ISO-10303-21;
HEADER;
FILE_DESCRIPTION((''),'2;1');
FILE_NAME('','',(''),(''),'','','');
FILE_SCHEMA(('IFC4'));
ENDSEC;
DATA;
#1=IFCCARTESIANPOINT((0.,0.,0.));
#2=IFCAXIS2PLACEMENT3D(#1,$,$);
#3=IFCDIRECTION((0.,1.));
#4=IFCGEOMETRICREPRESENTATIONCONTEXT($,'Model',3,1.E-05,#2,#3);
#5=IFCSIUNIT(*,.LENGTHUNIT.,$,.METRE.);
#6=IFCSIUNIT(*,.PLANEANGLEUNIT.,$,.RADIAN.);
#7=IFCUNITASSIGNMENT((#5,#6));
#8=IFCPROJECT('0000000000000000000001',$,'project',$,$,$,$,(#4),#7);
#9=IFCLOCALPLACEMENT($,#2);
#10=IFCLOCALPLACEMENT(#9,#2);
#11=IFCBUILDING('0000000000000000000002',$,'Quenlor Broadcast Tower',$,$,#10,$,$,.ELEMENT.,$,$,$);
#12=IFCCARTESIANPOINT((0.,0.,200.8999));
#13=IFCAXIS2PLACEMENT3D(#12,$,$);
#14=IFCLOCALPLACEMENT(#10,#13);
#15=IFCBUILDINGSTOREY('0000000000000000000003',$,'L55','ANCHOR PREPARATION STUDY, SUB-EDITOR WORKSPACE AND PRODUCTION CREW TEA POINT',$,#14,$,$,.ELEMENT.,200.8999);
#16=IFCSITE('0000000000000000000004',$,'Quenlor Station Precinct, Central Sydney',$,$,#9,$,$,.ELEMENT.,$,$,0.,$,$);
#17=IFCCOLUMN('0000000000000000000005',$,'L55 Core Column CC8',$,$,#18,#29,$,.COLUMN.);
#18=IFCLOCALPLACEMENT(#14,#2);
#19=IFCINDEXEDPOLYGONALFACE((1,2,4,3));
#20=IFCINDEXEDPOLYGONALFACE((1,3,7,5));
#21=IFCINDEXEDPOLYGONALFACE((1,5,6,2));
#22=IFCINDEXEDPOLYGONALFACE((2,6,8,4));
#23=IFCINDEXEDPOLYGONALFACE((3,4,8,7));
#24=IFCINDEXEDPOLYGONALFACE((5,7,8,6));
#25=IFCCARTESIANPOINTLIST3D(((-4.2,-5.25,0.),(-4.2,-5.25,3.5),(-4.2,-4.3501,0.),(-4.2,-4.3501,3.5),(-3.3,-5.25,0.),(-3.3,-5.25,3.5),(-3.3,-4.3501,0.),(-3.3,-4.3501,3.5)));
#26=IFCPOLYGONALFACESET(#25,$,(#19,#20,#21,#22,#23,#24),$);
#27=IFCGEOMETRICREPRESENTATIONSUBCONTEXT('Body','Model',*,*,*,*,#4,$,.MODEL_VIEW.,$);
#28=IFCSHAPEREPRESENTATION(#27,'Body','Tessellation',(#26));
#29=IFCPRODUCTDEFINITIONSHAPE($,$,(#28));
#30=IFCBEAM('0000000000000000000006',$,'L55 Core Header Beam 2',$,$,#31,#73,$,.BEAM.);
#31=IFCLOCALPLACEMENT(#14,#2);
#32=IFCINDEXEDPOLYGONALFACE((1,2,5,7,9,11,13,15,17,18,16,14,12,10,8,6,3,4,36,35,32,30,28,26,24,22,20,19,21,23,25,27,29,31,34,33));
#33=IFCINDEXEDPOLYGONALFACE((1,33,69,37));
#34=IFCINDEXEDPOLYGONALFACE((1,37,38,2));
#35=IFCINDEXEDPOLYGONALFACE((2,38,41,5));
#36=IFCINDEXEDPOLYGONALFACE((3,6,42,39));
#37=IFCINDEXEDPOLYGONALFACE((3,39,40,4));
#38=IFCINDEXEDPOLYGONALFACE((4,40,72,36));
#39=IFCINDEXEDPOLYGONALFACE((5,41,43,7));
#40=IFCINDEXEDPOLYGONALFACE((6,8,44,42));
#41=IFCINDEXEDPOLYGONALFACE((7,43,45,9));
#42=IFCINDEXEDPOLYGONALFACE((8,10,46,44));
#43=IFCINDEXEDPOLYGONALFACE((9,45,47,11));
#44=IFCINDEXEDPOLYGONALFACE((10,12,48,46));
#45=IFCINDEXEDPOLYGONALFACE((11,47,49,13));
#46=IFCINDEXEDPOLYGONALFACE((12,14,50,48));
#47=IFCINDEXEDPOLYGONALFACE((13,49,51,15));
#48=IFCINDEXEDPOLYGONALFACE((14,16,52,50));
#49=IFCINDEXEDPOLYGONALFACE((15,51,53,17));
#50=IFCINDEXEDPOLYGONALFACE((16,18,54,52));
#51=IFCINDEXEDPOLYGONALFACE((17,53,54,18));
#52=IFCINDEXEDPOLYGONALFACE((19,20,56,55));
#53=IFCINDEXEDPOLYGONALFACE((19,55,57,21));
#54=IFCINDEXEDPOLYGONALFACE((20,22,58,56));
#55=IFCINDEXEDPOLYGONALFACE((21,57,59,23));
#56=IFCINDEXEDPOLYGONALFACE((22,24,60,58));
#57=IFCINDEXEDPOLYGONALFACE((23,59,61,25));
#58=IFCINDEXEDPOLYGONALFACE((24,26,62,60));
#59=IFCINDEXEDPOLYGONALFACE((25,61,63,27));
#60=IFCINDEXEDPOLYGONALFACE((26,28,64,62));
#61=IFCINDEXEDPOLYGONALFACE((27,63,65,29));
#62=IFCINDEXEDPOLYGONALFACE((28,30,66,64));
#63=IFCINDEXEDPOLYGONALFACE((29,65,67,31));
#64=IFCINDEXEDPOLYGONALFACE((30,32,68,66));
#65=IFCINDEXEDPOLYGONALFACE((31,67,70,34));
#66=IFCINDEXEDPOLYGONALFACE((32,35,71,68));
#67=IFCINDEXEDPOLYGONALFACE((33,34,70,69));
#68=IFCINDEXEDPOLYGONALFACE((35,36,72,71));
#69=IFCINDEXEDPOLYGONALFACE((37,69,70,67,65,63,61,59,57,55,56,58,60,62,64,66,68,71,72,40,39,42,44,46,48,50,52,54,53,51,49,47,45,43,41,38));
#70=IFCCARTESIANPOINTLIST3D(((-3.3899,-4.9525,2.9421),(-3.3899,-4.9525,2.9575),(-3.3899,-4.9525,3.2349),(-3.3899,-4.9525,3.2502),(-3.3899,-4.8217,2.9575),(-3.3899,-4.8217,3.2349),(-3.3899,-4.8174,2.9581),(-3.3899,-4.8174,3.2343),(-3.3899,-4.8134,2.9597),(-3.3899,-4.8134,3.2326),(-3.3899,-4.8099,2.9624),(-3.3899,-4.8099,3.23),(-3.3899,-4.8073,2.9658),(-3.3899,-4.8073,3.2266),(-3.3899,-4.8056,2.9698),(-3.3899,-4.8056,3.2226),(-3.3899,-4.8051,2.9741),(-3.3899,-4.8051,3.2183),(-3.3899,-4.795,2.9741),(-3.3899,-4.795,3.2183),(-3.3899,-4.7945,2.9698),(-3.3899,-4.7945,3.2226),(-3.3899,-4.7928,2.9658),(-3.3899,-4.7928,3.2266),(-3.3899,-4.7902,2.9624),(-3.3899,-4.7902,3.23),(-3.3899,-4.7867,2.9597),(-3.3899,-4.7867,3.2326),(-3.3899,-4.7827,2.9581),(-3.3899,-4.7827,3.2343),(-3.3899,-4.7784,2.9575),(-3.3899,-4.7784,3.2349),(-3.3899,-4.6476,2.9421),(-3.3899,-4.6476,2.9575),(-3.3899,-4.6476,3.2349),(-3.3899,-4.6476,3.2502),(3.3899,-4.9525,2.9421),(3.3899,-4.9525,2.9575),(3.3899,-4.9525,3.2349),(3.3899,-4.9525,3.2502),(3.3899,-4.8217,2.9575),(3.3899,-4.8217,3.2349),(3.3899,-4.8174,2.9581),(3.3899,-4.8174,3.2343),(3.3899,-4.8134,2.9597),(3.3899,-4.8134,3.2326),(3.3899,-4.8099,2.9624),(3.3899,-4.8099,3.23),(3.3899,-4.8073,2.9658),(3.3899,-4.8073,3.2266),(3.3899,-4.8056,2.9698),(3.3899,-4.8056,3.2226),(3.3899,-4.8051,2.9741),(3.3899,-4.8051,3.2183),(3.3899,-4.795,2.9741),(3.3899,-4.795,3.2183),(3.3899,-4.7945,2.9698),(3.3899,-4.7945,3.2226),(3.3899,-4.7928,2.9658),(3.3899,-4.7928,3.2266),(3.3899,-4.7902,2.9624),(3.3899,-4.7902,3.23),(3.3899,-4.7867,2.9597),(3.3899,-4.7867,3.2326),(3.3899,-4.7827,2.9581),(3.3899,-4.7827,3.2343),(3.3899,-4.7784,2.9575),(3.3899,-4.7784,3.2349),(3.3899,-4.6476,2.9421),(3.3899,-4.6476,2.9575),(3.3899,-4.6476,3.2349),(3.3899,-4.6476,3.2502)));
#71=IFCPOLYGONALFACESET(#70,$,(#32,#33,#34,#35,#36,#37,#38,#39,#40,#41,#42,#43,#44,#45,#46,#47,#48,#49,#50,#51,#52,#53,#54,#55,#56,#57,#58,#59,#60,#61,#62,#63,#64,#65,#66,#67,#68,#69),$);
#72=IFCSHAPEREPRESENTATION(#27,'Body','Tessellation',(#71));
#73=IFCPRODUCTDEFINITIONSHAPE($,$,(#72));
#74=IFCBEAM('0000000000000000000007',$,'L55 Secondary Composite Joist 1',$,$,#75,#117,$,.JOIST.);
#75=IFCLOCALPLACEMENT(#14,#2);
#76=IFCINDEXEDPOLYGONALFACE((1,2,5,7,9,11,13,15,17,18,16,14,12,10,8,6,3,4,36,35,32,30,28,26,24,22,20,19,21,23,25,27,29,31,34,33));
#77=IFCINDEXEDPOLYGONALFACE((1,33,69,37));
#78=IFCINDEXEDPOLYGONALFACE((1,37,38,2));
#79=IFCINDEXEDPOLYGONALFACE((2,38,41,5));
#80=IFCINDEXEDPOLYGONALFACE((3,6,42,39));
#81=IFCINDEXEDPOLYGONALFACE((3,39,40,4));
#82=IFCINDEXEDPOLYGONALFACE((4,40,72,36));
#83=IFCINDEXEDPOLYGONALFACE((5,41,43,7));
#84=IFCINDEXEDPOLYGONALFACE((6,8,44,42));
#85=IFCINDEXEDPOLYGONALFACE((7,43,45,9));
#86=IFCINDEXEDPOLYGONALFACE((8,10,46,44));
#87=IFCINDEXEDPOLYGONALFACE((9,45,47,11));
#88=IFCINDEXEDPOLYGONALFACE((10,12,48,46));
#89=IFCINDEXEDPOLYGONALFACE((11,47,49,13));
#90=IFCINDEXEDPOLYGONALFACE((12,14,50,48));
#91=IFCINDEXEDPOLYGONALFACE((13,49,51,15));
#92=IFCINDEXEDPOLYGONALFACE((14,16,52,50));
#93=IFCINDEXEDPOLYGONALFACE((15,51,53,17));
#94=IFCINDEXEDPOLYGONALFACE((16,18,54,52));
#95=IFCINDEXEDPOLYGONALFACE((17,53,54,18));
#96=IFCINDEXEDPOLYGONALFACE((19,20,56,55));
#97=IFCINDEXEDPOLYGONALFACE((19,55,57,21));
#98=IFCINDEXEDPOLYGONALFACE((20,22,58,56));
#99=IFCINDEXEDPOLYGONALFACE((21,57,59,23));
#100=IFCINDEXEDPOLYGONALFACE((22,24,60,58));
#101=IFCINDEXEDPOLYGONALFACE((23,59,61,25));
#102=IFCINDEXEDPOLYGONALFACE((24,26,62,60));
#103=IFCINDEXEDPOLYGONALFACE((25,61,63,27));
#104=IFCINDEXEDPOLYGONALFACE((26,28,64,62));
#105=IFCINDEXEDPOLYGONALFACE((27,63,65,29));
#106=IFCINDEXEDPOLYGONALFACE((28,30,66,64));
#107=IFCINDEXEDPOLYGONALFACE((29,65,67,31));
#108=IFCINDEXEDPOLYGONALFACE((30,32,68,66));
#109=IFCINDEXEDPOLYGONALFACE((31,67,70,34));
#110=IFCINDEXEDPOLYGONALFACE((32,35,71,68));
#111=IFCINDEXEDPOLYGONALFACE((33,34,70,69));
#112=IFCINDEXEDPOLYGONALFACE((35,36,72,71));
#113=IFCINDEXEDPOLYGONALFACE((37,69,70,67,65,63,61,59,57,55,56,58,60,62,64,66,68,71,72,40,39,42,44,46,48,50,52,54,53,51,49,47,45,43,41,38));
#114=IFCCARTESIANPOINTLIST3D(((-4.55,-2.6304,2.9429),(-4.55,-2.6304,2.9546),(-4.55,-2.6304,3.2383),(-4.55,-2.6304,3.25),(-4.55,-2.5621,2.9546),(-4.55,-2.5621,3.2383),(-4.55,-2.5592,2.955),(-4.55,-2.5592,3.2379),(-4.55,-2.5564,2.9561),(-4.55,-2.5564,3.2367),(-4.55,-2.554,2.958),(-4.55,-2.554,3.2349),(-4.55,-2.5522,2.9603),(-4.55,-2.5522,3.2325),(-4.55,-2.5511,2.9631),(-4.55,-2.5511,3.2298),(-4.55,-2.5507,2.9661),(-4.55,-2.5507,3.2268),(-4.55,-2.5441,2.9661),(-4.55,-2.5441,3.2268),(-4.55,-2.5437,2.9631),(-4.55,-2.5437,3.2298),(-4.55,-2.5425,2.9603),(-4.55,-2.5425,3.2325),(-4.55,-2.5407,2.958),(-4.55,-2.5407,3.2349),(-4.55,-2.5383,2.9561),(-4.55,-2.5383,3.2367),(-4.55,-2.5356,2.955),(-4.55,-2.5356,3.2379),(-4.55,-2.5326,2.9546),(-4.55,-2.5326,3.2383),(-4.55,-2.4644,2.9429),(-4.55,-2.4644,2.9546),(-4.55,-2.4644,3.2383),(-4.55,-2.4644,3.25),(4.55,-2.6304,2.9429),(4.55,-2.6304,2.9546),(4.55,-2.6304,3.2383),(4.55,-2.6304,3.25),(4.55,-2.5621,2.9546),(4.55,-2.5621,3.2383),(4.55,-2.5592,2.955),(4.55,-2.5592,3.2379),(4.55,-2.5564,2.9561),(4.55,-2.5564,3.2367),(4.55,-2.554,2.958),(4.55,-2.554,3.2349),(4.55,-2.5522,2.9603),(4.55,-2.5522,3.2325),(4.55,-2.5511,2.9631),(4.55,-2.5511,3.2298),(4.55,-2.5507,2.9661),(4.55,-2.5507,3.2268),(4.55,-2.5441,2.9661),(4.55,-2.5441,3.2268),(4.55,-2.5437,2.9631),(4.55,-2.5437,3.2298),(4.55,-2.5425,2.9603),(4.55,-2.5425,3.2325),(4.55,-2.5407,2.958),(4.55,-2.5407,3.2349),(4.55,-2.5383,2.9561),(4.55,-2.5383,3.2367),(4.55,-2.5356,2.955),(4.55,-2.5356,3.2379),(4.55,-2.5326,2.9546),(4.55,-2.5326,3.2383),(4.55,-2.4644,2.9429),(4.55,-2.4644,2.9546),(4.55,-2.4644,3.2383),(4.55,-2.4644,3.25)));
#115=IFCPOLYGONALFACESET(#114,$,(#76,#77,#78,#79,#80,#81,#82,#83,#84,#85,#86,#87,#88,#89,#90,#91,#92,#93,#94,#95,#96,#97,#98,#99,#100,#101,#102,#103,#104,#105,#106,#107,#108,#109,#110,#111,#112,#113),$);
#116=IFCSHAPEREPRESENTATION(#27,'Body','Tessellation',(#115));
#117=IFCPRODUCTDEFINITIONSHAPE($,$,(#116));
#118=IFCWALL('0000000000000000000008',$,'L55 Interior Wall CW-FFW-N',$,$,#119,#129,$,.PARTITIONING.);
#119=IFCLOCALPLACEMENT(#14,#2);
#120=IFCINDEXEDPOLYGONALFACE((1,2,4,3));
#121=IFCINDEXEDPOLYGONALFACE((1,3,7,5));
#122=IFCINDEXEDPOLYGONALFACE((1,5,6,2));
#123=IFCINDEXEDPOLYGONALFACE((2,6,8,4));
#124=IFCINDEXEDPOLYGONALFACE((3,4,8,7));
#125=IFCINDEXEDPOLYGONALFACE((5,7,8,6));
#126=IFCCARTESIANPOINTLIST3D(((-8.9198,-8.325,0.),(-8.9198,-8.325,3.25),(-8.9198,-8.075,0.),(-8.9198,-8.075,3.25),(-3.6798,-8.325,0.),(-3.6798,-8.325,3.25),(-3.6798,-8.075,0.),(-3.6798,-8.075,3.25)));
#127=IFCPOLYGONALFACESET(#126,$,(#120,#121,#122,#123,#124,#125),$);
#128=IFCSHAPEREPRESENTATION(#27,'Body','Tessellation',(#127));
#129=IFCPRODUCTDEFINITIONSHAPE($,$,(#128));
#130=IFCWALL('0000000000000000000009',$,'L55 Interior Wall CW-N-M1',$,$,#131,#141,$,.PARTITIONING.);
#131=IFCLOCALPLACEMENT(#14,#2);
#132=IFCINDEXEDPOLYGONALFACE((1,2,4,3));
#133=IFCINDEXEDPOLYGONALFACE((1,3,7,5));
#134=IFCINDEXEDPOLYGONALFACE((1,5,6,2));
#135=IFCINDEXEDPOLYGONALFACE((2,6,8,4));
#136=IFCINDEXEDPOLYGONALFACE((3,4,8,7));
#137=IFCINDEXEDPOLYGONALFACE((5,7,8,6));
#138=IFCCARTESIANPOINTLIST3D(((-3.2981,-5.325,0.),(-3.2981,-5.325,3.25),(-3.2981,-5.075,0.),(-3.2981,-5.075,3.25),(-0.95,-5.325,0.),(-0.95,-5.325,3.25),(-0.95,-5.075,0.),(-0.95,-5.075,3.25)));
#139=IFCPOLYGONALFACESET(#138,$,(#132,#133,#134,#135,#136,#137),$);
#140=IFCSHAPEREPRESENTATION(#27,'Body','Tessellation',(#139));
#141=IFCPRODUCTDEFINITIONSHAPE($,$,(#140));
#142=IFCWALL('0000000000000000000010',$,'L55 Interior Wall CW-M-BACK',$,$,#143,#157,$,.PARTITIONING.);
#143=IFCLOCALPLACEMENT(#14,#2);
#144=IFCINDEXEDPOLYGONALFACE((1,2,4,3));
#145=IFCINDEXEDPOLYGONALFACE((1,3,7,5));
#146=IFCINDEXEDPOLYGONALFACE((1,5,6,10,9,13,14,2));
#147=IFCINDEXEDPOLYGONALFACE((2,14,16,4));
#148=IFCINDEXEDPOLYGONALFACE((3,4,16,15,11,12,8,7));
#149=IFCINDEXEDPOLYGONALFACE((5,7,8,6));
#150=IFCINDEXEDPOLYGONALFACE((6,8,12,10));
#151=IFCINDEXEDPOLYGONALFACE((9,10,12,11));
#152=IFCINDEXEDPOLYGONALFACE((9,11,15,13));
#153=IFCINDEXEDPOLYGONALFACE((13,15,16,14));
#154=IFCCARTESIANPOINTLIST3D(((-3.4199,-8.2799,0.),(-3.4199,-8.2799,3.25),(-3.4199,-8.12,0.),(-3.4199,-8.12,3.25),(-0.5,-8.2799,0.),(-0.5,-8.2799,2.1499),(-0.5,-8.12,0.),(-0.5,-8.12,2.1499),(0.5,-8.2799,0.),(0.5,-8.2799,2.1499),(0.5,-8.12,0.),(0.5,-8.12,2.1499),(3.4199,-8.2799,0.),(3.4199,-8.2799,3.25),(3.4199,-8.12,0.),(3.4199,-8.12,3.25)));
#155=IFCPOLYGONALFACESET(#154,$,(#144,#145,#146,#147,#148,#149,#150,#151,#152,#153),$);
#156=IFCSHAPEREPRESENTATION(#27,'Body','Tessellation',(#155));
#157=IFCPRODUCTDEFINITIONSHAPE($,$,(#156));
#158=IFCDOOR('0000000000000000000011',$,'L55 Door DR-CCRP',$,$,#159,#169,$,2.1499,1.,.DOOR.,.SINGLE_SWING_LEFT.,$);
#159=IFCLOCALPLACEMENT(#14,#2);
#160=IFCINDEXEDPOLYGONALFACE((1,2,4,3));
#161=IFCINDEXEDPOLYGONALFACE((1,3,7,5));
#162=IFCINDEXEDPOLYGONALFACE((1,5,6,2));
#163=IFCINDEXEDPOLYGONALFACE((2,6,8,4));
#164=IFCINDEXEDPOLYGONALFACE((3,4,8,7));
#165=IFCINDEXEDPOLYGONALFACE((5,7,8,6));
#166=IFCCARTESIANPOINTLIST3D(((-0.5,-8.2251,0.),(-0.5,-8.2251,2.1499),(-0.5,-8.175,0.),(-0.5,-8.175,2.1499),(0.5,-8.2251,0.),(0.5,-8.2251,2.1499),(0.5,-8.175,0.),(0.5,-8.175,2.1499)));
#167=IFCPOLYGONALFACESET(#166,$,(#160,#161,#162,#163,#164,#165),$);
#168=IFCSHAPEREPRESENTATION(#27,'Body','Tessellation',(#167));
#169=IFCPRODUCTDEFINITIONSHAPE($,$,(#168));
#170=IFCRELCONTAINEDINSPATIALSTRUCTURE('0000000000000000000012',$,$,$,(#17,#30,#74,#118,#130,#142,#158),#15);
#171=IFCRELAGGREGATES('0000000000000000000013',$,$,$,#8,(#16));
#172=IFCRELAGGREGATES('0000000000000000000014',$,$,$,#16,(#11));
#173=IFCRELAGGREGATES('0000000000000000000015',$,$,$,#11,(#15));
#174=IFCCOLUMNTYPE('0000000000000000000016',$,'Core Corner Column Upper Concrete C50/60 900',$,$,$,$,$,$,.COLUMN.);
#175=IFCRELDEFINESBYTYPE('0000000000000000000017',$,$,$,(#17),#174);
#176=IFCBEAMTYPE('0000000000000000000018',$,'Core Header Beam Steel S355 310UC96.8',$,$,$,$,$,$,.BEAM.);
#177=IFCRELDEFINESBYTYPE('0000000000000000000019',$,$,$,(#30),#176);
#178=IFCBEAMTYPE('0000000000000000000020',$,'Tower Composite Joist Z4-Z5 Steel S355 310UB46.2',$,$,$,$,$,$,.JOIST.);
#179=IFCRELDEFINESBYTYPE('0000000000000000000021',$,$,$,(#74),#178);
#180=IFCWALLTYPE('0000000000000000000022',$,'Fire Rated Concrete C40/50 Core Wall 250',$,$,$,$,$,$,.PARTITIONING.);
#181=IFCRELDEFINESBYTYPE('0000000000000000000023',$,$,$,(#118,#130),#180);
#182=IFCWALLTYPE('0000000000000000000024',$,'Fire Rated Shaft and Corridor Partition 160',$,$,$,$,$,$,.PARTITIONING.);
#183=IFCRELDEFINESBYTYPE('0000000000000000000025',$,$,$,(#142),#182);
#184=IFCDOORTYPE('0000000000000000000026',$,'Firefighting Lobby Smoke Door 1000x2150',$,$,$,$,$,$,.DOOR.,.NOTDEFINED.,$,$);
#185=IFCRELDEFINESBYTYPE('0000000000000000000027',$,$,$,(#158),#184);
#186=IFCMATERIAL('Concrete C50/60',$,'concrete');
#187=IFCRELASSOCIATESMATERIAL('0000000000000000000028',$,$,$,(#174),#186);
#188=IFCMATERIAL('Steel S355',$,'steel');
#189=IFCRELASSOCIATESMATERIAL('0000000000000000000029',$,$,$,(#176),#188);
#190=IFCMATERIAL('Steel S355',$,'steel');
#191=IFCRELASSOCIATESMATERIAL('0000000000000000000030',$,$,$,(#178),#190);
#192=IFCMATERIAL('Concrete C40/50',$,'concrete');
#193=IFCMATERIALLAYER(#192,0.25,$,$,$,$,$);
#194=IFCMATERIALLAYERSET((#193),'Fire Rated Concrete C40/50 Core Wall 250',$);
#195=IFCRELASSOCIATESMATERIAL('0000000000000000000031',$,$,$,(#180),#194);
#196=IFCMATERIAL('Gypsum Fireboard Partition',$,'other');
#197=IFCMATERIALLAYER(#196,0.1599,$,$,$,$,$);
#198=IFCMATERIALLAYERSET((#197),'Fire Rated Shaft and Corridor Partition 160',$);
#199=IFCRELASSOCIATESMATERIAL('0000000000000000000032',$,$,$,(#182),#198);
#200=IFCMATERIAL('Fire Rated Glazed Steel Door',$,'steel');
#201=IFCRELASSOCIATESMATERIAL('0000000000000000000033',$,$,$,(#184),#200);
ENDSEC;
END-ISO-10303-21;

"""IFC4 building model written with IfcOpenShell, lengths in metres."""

from ifc_helpers import new_model, si_unit, direction, frame, frame_2d, origin, origin_2d, place, context, subcontext, project, spatial, rectangle, i_section, extrude, material, layer, layer_set, material_profile, profile_set, type_object, element, fill, save


model = new_model("IFC4")

# Units and contexts
model_context = context("Model", 3, precision=1e-05, world=origin(), true_north=direction((0.0, 1.0)))
body_context = subcontext(model_context, "Body", "Model", "MODEL_VIEW")
ifc_project = project(units=[si_unit("LENGTHUNIT", "METRE"), si_unit("PLANEANGLEUNIT", "RADIAN")], contexts=[model_context])

# Site, building, storey
site_placement = place(None, origin())
site = spatial("IfcSite", under=ifc_project, at=site_placement, Name="Quenlor Station Precinct, Central Sydney", CompositionType="ELEMENT", RefElevation=0.0)
building_placement = place(site_placement, origin())
building = spatial("IfcBuilding", under=site, at=building_placement, Name="Quenlor Broadcast Tower", CompositionType="ELEMENT")
storey_placement = place(building_placement, frame((0.0, 0.0, 200.8999)))
storey = spatial("IfcBuildingStorey", under=building, at=storey_placement, Name="L55", Description="ANCHOR PREPARATION STUDY, SUB-EDITOR WORKSPACE AND PRODUCTION CREW TEA POINT", CompositionType="ELEMENT", Elevation=200.8999)

# Column
ifc_material_1 = material(Name="Concrete C50/60", Category="concrete")
ifc_material_profile_1 = material_profile(ifc_material_1, rectangle(XDim=0.8999, YDim=0.8999, at=origin_2d()))
ifc_profile_set_1 = profile_set([ifc_material_profile_1], Name="Concrete C50/60 RC900x900")
column_type = type_object("IfcColumnType", Name="Core Corner Column Upper Concrete C50/60 900", PredefinedType="COLUMN", material=ifc_profile_set_1)
column_placement = place(storey_placement, frame((-3.75, -4.8, 0.0), z_axis=(0.0, 0.0, 1.0), x_axis=(1.0, 0.0, 0.0)))
element("IfcColumn", 1, at=column_placement, inside=storey, type_object=column_type, Name="L55 Core Column CC8", PredefinedType="COLUMN", context=body_context, shape_type="SweptSolid", body=[
    extrude(rectangle(XDim=0.8999, YDim=0.8999, at=origin_2d()), origin(), (0.0, 0.0, 1.0), 3.5),
])

# Beams
ifc_material_2 = material(Name="Steel S355", Category="steel")
ifc_material_profile_2 = material_profile(ifc_material_2, i_section(OverallWidth=0.3049, OverallDepth=0.3081, WebThickness=0.01, FlangeThickness=0.0154, FilletRadius=0.0166, at=origin_2d()))
ifc_profile_set_2 = profile_set([ifc_material_profile_2], Name="Steel S355 310UC96.8")
beam_type_1 = type_object("IfcBeamType", Name="Core Header Beam Steel S355 310UC96.8", PredefinedType="BEAM", material=ifc_profile_set_2)
beam_1_placement = place(storey_placement, frame((-3.3899, -4.8, 3.0962), z_axis=(1.0, 0.0, 0.0), x_axis=(0.0, 1.0, 0.0)))
element("IfcBeam", 2, at=beam_1_placement, inside=storey, type_object=beam_type_1, Name="L55 Core Header Beam 2", PredefinedType="BEAM", context=body_context, shape_type="SweptSolid", body=[
    extrude(i_section(OverallWidth=0.3049, OverallDepth=0.3081, WebThickness=0.01, FlangeThickness=0.0154, FilletRadius=0.0166, at=origin_2d()), origin(), (0.0, 0.0, 1.0), 6.7798),
])
ifc_material_3 = material(Name="Steel S355", Category="steel")
ifc_material_profile_3 = material_profile(ifc_material_3, i_section(OverallWidth=0.166, OverallDepth=0.3071, WebThickness=0.0066, FlangeThickness=0.0117, FilletRadius=0.0115, at=origin_2d()))
ifc_profile_set_3 = profile_set([ifc_material_profile_3], Name="Steel S355 310UB46.2")
beam_type_2 = type_object("IfcBeamType", Name="Tower Composite Joist Z4-Z5 Steel S355 310UB46.2", PredefinedType="JOIST", material=ifc_profile_set_3)
beam_2_placement = place(storey_placement, frame((-4.55, -2.5474, 3.0964), z_axis=(1.0, 0.0, 0.0), x_axis=(0.0, 1.0, 0.0)))
element("IfcBeam", 3, at=beam_2_placement, inside=storey, type_object=beam_type_2, Name="L55 Secondary Composite Joist 1", PredefinedType="JOIST", context=body_context, shape_type="SweptSolid", body=[
    extrude(i_section(OverallWidth=0.166, OverallDepth=0.3071, WebThickness=0.0066, FlangeThickness=0.0117, FilletRadius=0.0115, at=origin_2d()), origin(), (0.0, 0.0, 1.0), 9.1001),
])

# Walls
ifc_material_4 = material(Name="Concrete C40/50", Category="concrete")
ifc_layer_1 = layer(ifc_material_4, 0.25)
ifc_layer_set_1 = layer_set([ifc_layer_1], Name="Fire Rated Concrete C40/50 Core Wall 250")
wall_type_1 = type_object("IfcWallType", Name="Fire Rated Concrete C40/50 Core Wall 250", PredefinedType="PARTITIONING", material=ifc_layer_set_1)
wall_1_placement = place(storey_placement, frame((-8.9199, -8.2, 0.0), z_axis=(0.0, 0.0, 1.0), x_axis=(1.0, 0.0, 0.0)))
element("IfcWall", 4, at=wall_1_placement, inside=storey, type_object=wall_type_1, Name="L55 Interior Wall CW-FFW-N", PredefinedType="PARTITIONING", context=body_context, shape_type="SweptSolid", body=[
    extrude(rectangle(XDim=5.24, YDim=0.25, at=frame_2d((2.6201, 0.0))), origin(), (0.0, 0.0, 1.0), 3.25),
])
wall_2_placement = place(storey_placement, frame((-3.2981, -5.2, 0.0), z_axis=(0.0, 0.0, 1.0), x_axis=(1.0, 0.0, 0.0)))
element("IfcWall", 5, at=wall_2_placement, inside=storey, type_object=wall_type_1, Name="L55 Interior Wall CW-N-M1", PredefinedType="PARTITIONING", context=body_context, shape_type="SweptSolid", body=[
    extrude(rectangle(XDim=2.3481, YDim=0.25, at=frame_2d((1.1741, 0.0))), origin(), (0.0, 0.0, 1.0), 3.25),
])

# Wall, opening, door
ifc_material_5 = material(Name="Gypsum Fireboard Partition", Category="other")
ifc_layer_2 = layer(ifc_material_5, 0.1599)
ifc_layer_set_2 = layer_set([ifc_layer_2], Name="Fire Rated Shaft and Corridor Partition 160")
wall_type_2 = type_object("IfcWallType", Name="Fire Rated Shaft and Corridor Partition 160", PredefinedType="PARTITIONING", material=ifc_layer_set_2)
wall_3_placement = place(storey_placement, frame((-3.4199, -8.2, 0.0), z_axis=(0.0, 0.0, 1.0), x_axis=(1.0, 0.0, 0.0)))
wall_3 = element("IfcWall", 6, at=wall_3_placement, inside=storey, type_object=wall_type_2, Name="L55 Interior Wall CW-M-BACK", PredefinedType="PARTITIONING", context=body_context, shape_type="SweptSolid", body=[
    extrude(rectangle(XDim=6.8398, YDim=0.1599, at=frame_2d((3.4199, 0.0))), origin(), (0.0, 0.0, 1.0), 3.25),
])
opening_1_placement = place(wall_3_placement, frame((2.9199, 0.0, 0.0)))
opening_1 = element("IfcOpeningElement", 7, at=opening_1_placement, cuts=wall_3, PredefinedType="OPENING", context=body_context, shape_type="SweptSolid", body=[
    extrude(rectangle(XDim=1.0, YDim=2.1499, at=frame_2d((0.5, 1.075))), frame((0.0, 0.0898, 0.0), z_axis=(0.0, -1.0, 0.0), x_axis=(1.0, 0.0, 0.0)), (0.0, 0.0, 1.0), 0.1799),
])
ifc_material_6 = material(Name="Fire Rated Glazed Steel Door", Category="steel")
door_type_1 = type_object("IfcDoorType", Name="Firefighting Lobby Smoke Door 1000x2150", OperationType="NOTDEFINED", PredefinedType="DOOR", material=ifc_material_6)
door_1_placement = place(opening_1_placement, origin())
door_1 = element("IfcDoor", 8, at=door_1_placement, inside=storey, type_object=door_type_1, Name="L55 Door DR-CCRP", OperationType="SINGLE_SWING_LEFT", OverallHeight=2.1499, OverallWidth=1.0, PredefinedType="DOOR", context=body_context, shape_type="SweptSolid", body=[
    extrude(rectangle(XDim=1.0, YDim=2.1499, at=frame_2d((0.5, 1.075))), frame((0.0, 0.0249, 0.0), z_axis=(0.0, -1.0, 0.0), x_axis=(1.0, 0.0, 0.0)), (0.0, 0.0, 1.0), 0.05),
])
fill(opening_1, door_1)

save(model, "model.ifc")
